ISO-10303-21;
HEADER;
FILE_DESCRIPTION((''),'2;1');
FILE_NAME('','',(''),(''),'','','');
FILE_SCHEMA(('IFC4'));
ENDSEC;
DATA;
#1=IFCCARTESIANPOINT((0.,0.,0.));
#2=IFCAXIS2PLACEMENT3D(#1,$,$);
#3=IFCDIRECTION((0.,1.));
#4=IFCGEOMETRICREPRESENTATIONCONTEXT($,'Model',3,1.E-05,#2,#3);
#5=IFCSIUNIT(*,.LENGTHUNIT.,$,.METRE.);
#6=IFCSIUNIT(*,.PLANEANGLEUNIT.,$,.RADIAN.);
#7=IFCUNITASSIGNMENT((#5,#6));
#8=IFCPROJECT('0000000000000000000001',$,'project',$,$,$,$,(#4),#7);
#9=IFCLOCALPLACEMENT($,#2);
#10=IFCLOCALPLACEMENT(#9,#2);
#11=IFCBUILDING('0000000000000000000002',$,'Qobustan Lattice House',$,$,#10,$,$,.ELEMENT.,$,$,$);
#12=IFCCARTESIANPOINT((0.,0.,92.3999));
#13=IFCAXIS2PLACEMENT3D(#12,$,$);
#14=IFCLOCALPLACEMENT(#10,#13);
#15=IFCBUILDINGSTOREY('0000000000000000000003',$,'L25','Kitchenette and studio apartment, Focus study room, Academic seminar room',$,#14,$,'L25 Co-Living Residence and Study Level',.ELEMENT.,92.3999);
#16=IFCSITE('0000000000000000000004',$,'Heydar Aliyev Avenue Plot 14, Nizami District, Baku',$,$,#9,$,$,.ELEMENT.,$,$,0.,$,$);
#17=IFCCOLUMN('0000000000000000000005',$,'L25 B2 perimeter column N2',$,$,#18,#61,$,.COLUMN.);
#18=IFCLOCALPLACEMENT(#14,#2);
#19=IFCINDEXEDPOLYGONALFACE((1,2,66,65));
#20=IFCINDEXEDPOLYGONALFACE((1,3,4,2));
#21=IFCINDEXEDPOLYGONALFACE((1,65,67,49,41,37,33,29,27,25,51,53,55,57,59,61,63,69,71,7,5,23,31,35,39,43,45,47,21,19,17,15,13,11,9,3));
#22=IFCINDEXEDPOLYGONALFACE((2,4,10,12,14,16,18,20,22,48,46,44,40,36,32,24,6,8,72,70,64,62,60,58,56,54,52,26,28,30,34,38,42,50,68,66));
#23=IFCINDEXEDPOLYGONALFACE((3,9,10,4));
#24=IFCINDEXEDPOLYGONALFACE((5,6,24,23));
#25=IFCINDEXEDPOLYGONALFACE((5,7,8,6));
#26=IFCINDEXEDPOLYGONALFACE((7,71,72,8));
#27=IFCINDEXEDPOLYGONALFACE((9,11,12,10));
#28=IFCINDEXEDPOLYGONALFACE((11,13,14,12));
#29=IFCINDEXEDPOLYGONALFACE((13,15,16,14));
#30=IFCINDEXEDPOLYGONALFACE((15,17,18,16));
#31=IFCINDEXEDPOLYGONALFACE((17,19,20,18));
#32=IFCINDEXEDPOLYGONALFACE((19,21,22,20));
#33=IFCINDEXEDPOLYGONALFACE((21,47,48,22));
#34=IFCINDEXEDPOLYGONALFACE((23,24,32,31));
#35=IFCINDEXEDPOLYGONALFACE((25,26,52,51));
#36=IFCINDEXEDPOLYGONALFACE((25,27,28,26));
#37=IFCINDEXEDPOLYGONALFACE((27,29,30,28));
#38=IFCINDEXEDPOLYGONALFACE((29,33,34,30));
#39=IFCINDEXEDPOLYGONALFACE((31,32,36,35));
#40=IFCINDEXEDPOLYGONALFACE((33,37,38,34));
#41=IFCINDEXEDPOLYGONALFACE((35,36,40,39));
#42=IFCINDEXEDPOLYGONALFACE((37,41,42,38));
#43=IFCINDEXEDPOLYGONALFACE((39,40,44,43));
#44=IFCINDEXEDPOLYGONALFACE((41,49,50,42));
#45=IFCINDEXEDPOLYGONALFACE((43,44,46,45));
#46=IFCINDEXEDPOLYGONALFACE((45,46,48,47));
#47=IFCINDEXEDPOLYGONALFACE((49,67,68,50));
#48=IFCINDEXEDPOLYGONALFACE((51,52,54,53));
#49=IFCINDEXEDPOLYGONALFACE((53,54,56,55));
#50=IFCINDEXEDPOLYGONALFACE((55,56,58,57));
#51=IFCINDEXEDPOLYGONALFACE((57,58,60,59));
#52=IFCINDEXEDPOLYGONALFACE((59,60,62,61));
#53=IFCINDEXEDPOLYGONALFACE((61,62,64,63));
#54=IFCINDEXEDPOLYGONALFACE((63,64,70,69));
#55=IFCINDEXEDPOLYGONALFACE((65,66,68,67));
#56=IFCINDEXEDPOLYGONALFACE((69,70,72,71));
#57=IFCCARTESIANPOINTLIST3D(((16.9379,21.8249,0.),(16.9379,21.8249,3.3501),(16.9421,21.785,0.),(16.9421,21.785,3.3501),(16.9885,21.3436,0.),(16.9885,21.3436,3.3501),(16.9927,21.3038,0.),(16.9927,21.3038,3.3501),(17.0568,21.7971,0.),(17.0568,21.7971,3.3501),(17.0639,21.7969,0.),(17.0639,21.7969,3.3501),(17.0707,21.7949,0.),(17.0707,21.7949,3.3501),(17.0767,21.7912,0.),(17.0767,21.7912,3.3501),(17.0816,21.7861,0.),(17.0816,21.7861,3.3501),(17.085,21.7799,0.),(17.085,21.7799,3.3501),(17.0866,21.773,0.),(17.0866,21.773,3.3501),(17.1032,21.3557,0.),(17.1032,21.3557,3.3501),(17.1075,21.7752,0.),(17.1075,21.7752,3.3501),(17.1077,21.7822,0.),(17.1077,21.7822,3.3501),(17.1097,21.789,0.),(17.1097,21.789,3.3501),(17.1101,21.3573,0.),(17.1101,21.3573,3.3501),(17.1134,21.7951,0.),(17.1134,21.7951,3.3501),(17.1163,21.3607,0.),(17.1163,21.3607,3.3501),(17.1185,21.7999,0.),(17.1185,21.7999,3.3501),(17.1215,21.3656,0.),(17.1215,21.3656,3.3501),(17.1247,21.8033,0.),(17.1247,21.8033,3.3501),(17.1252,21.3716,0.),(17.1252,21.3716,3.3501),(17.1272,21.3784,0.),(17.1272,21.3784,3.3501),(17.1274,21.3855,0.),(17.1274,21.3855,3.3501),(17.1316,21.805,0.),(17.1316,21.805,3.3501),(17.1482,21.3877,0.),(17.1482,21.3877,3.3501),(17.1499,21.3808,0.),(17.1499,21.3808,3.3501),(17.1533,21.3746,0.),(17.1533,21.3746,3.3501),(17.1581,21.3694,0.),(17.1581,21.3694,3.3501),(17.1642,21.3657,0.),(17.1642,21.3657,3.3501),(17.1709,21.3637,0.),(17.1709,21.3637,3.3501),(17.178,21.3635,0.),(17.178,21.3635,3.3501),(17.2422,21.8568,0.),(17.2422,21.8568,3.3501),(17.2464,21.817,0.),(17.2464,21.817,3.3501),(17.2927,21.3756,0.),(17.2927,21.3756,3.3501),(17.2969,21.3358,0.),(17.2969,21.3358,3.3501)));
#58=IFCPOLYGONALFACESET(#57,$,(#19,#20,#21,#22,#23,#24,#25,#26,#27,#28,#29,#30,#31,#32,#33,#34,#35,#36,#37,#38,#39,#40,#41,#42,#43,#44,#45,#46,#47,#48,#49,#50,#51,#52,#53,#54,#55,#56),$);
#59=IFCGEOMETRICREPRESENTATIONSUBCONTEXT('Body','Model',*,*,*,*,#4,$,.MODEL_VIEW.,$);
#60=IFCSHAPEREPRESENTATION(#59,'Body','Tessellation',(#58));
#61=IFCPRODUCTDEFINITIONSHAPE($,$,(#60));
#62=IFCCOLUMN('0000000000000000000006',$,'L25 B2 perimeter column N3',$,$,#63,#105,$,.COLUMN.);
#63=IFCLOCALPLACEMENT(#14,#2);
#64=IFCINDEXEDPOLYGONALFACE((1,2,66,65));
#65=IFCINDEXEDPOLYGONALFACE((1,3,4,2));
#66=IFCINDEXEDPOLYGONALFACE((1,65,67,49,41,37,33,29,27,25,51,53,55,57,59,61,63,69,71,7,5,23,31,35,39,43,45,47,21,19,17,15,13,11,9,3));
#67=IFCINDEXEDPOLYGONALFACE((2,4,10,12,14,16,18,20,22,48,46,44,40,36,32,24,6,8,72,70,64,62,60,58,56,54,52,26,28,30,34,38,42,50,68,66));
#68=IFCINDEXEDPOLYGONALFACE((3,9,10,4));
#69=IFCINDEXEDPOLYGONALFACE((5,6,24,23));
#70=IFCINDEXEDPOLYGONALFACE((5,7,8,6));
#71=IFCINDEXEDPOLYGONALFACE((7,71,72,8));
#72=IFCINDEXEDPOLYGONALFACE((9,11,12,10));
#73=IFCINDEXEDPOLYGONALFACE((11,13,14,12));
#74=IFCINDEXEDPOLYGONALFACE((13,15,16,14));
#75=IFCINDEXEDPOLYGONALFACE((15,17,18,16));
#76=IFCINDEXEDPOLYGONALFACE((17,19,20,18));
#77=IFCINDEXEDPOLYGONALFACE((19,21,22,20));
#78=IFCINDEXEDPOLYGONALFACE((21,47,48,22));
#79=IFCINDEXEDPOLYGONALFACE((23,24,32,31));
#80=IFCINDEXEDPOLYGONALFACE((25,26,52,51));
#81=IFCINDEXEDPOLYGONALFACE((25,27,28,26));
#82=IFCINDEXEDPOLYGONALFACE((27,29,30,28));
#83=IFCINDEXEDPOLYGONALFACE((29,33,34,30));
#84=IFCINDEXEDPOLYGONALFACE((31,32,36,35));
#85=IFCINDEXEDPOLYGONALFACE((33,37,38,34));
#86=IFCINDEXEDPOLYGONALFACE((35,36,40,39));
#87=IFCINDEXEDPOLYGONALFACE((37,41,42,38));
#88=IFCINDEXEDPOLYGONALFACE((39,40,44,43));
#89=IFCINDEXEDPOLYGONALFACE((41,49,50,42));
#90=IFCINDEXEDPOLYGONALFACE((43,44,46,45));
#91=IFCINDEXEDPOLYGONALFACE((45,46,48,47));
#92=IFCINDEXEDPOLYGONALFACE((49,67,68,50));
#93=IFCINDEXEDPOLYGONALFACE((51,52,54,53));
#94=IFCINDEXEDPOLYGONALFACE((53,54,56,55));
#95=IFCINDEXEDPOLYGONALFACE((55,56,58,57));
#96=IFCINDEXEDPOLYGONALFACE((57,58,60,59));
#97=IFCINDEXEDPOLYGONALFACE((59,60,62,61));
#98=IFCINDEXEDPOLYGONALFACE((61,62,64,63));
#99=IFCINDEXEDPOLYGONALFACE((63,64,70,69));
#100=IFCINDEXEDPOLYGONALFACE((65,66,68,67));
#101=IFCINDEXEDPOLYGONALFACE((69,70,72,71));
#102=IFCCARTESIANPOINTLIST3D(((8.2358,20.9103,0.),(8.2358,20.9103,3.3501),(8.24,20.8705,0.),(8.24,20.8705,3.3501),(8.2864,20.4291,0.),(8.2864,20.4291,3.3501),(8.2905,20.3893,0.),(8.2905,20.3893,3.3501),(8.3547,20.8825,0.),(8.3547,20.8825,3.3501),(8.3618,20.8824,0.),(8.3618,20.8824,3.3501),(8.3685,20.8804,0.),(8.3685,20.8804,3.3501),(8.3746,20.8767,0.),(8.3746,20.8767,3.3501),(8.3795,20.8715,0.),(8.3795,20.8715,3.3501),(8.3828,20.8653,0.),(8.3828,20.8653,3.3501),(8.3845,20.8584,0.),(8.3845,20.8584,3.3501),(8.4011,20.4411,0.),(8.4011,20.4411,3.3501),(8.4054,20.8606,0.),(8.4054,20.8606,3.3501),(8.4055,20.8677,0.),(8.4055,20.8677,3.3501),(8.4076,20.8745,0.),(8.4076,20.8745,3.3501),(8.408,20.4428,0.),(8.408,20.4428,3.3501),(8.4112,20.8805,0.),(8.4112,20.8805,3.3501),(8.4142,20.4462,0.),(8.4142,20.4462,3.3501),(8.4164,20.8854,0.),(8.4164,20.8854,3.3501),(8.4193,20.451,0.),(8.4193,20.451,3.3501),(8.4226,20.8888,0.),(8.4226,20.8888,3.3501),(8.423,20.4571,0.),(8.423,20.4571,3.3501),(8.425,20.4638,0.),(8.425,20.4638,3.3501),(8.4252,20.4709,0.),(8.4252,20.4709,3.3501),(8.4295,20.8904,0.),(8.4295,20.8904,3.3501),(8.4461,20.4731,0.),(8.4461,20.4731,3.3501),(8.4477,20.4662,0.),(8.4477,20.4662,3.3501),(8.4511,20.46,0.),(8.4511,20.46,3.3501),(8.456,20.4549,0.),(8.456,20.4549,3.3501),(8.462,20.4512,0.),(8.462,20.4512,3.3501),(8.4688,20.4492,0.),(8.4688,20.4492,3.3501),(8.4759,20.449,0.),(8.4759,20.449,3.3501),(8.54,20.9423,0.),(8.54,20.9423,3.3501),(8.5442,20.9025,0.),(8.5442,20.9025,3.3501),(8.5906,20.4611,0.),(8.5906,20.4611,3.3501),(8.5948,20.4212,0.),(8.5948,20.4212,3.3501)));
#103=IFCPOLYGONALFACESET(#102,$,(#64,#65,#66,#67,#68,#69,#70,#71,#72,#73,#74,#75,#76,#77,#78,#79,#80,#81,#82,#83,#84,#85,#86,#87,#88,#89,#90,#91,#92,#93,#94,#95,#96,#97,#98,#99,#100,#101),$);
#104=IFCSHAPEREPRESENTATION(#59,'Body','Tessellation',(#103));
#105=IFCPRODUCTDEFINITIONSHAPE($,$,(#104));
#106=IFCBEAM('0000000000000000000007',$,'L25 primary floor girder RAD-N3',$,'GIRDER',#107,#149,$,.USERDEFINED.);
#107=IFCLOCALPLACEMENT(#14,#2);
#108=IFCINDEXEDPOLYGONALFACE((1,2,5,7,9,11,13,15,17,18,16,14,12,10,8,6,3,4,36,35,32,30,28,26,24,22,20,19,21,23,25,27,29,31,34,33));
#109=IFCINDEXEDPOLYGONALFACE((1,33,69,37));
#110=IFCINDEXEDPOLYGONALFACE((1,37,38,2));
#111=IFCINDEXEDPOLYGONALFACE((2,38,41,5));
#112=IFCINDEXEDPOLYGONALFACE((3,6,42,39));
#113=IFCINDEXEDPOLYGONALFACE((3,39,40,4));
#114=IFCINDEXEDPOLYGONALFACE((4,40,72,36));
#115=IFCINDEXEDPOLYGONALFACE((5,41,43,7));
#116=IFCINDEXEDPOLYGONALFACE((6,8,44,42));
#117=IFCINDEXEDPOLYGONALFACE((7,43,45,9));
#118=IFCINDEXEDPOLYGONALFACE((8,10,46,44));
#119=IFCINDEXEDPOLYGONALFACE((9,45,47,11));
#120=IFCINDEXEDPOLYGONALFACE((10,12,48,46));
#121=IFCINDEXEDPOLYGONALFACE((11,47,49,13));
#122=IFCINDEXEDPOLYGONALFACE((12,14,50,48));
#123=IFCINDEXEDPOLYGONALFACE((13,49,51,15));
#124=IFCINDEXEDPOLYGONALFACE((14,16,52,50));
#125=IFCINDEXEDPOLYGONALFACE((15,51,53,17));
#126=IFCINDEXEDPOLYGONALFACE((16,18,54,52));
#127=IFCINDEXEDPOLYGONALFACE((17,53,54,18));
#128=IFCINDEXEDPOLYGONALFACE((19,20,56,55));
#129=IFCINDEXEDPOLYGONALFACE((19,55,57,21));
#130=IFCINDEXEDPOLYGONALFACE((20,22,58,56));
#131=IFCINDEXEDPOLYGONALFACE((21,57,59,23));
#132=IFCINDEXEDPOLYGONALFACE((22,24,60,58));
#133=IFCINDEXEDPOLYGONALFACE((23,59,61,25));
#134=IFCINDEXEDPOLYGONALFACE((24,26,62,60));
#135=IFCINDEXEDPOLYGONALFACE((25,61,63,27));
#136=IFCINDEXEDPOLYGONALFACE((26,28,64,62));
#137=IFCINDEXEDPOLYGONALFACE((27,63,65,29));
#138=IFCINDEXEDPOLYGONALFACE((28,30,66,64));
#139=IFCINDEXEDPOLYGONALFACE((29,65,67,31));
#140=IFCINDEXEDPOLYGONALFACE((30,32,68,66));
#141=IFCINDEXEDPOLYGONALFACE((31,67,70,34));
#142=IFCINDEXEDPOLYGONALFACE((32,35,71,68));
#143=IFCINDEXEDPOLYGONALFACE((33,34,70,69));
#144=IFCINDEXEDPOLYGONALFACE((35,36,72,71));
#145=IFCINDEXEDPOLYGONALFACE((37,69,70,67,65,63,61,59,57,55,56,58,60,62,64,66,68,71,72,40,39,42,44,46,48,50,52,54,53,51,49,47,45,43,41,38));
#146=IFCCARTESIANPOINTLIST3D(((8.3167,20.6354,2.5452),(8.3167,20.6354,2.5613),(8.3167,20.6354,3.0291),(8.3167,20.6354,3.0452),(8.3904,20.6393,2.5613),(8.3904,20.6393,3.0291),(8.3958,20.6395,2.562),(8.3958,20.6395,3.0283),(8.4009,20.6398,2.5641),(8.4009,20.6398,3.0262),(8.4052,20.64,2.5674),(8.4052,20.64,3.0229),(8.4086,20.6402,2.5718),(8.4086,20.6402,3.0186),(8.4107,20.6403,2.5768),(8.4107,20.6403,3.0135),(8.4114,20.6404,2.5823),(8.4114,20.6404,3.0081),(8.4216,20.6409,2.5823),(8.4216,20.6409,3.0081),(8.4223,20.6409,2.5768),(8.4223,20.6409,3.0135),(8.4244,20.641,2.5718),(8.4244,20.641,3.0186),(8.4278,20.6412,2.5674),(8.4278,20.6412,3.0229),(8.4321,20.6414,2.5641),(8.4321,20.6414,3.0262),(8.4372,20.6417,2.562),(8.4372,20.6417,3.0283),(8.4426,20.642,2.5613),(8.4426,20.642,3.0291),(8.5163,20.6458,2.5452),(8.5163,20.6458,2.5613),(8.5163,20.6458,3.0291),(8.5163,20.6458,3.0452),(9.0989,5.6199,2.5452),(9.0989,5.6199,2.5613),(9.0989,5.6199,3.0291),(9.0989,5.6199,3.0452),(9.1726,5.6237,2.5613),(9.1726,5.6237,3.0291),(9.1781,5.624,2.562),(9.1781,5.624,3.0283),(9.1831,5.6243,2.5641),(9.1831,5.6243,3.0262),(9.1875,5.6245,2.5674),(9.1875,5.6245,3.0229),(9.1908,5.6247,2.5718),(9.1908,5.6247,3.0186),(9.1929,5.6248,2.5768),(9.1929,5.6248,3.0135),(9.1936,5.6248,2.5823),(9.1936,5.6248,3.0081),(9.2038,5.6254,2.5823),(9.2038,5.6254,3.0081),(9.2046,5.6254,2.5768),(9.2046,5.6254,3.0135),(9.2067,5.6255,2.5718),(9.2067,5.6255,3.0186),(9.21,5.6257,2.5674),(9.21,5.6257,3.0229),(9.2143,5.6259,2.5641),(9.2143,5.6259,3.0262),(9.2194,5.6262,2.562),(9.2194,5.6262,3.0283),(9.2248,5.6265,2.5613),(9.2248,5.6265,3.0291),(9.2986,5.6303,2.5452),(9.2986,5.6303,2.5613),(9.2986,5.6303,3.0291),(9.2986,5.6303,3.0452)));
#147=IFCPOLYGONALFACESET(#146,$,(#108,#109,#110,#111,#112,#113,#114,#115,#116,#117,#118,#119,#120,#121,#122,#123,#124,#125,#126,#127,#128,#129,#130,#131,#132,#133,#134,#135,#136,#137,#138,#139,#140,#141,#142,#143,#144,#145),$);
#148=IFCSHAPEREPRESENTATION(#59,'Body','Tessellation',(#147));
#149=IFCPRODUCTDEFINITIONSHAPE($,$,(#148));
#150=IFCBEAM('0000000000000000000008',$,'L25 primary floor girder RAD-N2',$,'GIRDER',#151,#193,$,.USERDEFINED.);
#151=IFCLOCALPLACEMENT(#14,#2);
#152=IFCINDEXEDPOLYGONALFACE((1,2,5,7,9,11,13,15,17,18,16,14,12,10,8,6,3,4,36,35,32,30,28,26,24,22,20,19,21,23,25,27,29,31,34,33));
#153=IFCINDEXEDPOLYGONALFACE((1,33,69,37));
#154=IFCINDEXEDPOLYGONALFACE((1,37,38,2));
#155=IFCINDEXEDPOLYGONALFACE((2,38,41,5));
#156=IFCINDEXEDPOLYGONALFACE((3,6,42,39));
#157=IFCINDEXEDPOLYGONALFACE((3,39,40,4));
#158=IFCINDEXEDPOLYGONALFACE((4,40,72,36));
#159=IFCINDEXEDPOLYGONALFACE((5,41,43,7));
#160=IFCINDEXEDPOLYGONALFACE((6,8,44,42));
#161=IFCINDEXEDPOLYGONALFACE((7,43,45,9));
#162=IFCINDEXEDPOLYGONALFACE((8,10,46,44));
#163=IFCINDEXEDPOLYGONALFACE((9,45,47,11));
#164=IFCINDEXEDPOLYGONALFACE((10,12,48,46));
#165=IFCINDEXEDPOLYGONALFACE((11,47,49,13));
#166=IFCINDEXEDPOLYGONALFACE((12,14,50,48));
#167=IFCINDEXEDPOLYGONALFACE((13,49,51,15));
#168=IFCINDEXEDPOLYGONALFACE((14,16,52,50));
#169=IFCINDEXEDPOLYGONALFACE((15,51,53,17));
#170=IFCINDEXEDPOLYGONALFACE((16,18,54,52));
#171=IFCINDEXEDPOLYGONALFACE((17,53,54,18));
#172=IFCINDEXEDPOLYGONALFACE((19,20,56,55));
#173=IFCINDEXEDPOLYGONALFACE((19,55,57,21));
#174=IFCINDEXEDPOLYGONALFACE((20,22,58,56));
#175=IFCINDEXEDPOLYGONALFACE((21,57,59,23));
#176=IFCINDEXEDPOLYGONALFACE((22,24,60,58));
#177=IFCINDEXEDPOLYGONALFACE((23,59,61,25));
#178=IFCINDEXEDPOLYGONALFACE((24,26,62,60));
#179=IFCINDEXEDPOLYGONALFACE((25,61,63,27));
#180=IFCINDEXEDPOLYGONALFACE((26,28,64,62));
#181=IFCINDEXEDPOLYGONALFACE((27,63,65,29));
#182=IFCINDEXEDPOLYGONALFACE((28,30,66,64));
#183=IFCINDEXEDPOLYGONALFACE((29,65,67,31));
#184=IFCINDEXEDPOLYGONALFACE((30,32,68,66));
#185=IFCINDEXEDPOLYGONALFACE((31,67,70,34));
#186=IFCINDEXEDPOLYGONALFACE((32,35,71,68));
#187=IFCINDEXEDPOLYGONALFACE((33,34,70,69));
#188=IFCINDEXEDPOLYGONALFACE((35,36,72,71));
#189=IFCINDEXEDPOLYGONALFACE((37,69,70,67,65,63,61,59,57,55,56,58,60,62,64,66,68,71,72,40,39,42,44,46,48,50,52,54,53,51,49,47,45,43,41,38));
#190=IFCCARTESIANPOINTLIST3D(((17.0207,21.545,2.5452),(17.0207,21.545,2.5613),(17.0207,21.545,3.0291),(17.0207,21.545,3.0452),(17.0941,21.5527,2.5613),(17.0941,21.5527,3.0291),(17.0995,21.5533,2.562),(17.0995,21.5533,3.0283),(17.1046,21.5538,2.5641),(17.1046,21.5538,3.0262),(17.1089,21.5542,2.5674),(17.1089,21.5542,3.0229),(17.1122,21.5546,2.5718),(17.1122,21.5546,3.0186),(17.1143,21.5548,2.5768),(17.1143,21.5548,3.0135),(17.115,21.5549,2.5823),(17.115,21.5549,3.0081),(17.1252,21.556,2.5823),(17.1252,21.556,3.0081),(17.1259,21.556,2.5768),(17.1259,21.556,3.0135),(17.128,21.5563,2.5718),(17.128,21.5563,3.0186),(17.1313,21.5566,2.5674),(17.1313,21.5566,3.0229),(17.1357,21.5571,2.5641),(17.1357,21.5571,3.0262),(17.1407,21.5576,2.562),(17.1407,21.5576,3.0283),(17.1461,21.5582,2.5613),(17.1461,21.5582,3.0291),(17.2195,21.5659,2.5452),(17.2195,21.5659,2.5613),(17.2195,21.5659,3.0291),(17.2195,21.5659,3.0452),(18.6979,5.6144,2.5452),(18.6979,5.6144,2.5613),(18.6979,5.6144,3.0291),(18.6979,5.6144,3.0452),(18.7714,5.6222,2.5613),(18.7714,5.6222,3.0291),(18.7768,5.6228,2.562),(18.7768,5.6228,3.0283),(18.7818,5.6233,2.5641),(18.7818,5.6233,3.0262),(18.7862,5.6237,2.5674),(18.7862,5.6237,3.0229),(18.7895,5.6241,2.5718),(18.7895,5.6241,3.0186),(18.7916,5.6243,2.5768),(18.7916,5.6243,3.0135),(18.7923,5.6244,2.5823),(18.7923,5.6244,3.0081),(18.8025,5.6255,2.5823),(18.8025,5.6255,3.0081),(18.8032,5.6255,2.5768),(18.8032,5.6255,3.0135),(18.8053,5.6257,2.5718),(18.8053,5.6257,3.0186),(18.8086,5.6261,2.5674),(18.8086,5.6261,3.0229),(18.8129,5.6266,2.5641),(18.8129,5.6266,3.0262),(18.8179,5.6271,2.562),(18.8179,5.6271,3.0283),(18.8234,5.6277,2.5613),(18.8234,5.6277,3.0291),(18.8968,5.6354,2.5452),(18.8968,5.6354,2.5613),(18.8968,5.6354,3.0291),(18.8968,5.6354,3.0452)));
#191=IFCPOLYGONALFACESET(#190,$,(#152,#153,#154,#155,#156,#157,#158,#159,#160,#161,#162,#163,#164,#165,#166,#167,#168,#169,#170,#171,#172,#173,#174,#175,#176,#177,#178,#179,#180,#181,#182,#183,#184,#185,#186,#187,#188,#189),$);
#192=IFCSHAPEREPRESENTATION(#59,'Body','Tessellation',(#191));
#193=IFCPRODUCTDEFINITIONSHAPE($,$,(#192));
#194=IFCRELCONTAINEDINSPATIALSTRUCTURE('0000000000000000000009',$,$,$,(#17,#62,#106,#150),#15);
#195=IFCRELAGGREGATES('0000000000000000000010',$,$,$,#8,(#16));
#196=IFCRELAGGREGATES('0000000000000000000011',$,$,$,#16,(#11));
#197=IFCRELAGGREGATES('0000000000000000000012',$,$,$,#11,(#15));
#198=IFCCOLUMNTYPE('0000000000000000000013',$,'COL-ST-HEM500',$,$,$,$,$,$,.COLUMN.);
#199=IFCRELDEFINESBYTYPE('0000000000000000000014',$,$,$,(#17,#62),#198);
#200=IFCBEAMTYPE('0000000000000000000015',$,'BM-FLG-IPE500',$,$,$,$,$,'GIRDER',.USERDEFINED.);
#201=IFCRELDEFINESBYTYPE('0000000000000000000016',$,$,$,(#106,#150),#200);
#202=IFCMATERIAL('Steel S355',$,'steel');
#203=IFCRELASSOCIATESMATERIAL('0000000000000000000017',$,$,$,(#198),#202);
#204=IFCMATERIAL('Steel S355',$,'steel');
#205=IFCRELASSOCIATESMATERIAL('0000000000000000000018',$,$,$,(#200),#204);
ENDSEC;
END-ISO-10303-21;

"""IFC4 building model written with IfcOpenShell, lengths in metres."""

from ifc_helpers import new_model, si_unit, direction, frame, origin, origin_2d, place, context, subcontext, project, spatial, i_section, extrude, material, material_profile, profile_set, type_object, element, save


model = new_model("IFC4")

# Units and contexts
model_context = context("Model", 3, precision=1e-05, world=origin(), true_north=direction((0.0, 1.0)))
body_context = subcontext(model_context, "Body", "Model", "MODEL_VIEW")
ifc_project = project(units=[si_unit("LENGTHUNIT", "METRE"), si_unit("PLANEANGLEUNIT", "RADIAN")], contexts=[model_context])

# Site, building, storey
site_placement = place(None, origin())
site = spatial("IfcSite", under=ifc_project, at=site_placement, Name="Heydar Aliyev Avenue Plot 14, Nizami District, Baku", CompositionType="ELEMENT", RefElevation=0.0)
building_placement = place(site_placement, origin())
building = spatial("IfcBuilding", under=site, at=building_placement, Name="Qobustan Lattice House", CompositionType="ELEMENT")
storey_placement = place(building_placement, frame((0.0, 0.0, 92.3999)))
storey = spatial("IfcBuildingStorey", under=building, at=storey_placement, Name="L25", Description="Kitchenette and studio apartment, Focus study room, Academic seminar room", LongName="L25 Co-Living Residence and Study Level", CompositionType="ELEMENT", Elevation=92.3999)

# Columns
ifc_material_1 = material(Name="Steel S355", Category="steel")
ifc_material_profile_1 = material_profile(ifc_material_1, i_section(OverallWidth=0.3059, OverallDepth=0.5239, WebThickness=0.021, FlangeThickness=0.04, FilletRadius=0.0271, at=origin_2d()), Name="HEM500")
ifc_profile_set_1 = profile_set([ifc_material_profile_1], Name="Steel S355")
column_type = type_object("IfcColumnType", Name="COL-ST-HEM500", PredefinedType="COLUMN", material=ifc_profile_set_1)
for number, where, z_axis, x_axis, name in (
    (1, (17.1174, 21.5803, 0.0), (0.0, 0.0, 1.0), (0.994522, 0.104528, 0.0), "L25 B2 perimeter column N2"),
    (2, (8.4153, 20.6658, 0.0), (0.0, 0.0, 1.0), (0.994522, 0.104528, 0.0), "L25 B2 perimeter column N3"),
):
    element("IfcColumn", number, at=place(storey_placement, frame(where, z_axis=z_axis, x_axis=x_axis)), inside=storey, type_object=column_type, Name=name, PredefinedType="COLUMN", context=body_context, shape_type="SweptSolid", body=[
        extrude(i_section(OverallWidth=0.3059, OverallDepth=0.5239, WebThickness=0.021, FlangeThickness=0.04, FilletRadius=0.0271, at=origin_2d()), origin(), (0.0, 0.0, 1.0), 3.3501),
    ])

# Beams
ifc_material_2 = material(Name="Steel S355", Category="steel")
ifc_material_profile_2 = material_profile(ifc_material_2, i_section(OverallWidth=0.2, OverallDepth=0.5, WebThickness=0.0103, FlangeThickness=0.0161, FilletRadius=0.021, at=origin_2d()), Name="IPE500")
ifc_profile_set_2 = profile_set([ifc_material_profile_2], Name="Steel S355")
beam_type_1 = type_object("IfcBeamType", Name="BM-FLG-IPE500", ElementType="GIRDER", PredefinedType="USERDEFINED", material=ifc_profile_set_2)
beam_1_placement = place(storey_placement, frame((8.4165, 20.6406, 2.7952), z_axis=(0.052024, -0.998646, 0.0), x_axis=(0.998646, 0.052024, 0.0)))
element("IfcBeam", 3, at=beam_1_placement, inside=storey, type_object=beam_type_1, Name="L25 primary floor girder RAD-N3", ObjectType="GIRDER", PredefinedType="USERDEFINED", context=body_context, shape_type="SweptSolid", body=[
    extrude(i_section(OverallWidth=0.2, OverallDepth=0.5, WebThickness=0.0103, FlangeThickness=0.0161, FilletRadius=0.021, at=origin_2d()), origin(), (0.0, 0.0, 1.0), 15.0359),
])
beam_2_placement = place(storey_placement, frame((17.1201, 21.5554, 2.7952), z_axis=(0.104707, -0.994503, 0.0), x_axis=(0.994503, 0.104707, 0.0)))
element("IfcBeam", 4, at=beam_2_placement, inside=storey, type_object=beam_type_1, Name="L25 primary floor girder RAD-N2", ObjectType="GIRDER", PredefinedType="USERDEFINED", context=body_context, shape_type="SweptSolid", body=[
    extrude(i_section(OverallWidth=0.2, OverallDepth=0.5, WebThickness=0.0103, FlangeThickness=0.0161, FilletRadius=0.021, at=origin_2d()), origin(), (0.0, 0.0, 1.0), 16.0186),
])

save(model, "model.ifc")
